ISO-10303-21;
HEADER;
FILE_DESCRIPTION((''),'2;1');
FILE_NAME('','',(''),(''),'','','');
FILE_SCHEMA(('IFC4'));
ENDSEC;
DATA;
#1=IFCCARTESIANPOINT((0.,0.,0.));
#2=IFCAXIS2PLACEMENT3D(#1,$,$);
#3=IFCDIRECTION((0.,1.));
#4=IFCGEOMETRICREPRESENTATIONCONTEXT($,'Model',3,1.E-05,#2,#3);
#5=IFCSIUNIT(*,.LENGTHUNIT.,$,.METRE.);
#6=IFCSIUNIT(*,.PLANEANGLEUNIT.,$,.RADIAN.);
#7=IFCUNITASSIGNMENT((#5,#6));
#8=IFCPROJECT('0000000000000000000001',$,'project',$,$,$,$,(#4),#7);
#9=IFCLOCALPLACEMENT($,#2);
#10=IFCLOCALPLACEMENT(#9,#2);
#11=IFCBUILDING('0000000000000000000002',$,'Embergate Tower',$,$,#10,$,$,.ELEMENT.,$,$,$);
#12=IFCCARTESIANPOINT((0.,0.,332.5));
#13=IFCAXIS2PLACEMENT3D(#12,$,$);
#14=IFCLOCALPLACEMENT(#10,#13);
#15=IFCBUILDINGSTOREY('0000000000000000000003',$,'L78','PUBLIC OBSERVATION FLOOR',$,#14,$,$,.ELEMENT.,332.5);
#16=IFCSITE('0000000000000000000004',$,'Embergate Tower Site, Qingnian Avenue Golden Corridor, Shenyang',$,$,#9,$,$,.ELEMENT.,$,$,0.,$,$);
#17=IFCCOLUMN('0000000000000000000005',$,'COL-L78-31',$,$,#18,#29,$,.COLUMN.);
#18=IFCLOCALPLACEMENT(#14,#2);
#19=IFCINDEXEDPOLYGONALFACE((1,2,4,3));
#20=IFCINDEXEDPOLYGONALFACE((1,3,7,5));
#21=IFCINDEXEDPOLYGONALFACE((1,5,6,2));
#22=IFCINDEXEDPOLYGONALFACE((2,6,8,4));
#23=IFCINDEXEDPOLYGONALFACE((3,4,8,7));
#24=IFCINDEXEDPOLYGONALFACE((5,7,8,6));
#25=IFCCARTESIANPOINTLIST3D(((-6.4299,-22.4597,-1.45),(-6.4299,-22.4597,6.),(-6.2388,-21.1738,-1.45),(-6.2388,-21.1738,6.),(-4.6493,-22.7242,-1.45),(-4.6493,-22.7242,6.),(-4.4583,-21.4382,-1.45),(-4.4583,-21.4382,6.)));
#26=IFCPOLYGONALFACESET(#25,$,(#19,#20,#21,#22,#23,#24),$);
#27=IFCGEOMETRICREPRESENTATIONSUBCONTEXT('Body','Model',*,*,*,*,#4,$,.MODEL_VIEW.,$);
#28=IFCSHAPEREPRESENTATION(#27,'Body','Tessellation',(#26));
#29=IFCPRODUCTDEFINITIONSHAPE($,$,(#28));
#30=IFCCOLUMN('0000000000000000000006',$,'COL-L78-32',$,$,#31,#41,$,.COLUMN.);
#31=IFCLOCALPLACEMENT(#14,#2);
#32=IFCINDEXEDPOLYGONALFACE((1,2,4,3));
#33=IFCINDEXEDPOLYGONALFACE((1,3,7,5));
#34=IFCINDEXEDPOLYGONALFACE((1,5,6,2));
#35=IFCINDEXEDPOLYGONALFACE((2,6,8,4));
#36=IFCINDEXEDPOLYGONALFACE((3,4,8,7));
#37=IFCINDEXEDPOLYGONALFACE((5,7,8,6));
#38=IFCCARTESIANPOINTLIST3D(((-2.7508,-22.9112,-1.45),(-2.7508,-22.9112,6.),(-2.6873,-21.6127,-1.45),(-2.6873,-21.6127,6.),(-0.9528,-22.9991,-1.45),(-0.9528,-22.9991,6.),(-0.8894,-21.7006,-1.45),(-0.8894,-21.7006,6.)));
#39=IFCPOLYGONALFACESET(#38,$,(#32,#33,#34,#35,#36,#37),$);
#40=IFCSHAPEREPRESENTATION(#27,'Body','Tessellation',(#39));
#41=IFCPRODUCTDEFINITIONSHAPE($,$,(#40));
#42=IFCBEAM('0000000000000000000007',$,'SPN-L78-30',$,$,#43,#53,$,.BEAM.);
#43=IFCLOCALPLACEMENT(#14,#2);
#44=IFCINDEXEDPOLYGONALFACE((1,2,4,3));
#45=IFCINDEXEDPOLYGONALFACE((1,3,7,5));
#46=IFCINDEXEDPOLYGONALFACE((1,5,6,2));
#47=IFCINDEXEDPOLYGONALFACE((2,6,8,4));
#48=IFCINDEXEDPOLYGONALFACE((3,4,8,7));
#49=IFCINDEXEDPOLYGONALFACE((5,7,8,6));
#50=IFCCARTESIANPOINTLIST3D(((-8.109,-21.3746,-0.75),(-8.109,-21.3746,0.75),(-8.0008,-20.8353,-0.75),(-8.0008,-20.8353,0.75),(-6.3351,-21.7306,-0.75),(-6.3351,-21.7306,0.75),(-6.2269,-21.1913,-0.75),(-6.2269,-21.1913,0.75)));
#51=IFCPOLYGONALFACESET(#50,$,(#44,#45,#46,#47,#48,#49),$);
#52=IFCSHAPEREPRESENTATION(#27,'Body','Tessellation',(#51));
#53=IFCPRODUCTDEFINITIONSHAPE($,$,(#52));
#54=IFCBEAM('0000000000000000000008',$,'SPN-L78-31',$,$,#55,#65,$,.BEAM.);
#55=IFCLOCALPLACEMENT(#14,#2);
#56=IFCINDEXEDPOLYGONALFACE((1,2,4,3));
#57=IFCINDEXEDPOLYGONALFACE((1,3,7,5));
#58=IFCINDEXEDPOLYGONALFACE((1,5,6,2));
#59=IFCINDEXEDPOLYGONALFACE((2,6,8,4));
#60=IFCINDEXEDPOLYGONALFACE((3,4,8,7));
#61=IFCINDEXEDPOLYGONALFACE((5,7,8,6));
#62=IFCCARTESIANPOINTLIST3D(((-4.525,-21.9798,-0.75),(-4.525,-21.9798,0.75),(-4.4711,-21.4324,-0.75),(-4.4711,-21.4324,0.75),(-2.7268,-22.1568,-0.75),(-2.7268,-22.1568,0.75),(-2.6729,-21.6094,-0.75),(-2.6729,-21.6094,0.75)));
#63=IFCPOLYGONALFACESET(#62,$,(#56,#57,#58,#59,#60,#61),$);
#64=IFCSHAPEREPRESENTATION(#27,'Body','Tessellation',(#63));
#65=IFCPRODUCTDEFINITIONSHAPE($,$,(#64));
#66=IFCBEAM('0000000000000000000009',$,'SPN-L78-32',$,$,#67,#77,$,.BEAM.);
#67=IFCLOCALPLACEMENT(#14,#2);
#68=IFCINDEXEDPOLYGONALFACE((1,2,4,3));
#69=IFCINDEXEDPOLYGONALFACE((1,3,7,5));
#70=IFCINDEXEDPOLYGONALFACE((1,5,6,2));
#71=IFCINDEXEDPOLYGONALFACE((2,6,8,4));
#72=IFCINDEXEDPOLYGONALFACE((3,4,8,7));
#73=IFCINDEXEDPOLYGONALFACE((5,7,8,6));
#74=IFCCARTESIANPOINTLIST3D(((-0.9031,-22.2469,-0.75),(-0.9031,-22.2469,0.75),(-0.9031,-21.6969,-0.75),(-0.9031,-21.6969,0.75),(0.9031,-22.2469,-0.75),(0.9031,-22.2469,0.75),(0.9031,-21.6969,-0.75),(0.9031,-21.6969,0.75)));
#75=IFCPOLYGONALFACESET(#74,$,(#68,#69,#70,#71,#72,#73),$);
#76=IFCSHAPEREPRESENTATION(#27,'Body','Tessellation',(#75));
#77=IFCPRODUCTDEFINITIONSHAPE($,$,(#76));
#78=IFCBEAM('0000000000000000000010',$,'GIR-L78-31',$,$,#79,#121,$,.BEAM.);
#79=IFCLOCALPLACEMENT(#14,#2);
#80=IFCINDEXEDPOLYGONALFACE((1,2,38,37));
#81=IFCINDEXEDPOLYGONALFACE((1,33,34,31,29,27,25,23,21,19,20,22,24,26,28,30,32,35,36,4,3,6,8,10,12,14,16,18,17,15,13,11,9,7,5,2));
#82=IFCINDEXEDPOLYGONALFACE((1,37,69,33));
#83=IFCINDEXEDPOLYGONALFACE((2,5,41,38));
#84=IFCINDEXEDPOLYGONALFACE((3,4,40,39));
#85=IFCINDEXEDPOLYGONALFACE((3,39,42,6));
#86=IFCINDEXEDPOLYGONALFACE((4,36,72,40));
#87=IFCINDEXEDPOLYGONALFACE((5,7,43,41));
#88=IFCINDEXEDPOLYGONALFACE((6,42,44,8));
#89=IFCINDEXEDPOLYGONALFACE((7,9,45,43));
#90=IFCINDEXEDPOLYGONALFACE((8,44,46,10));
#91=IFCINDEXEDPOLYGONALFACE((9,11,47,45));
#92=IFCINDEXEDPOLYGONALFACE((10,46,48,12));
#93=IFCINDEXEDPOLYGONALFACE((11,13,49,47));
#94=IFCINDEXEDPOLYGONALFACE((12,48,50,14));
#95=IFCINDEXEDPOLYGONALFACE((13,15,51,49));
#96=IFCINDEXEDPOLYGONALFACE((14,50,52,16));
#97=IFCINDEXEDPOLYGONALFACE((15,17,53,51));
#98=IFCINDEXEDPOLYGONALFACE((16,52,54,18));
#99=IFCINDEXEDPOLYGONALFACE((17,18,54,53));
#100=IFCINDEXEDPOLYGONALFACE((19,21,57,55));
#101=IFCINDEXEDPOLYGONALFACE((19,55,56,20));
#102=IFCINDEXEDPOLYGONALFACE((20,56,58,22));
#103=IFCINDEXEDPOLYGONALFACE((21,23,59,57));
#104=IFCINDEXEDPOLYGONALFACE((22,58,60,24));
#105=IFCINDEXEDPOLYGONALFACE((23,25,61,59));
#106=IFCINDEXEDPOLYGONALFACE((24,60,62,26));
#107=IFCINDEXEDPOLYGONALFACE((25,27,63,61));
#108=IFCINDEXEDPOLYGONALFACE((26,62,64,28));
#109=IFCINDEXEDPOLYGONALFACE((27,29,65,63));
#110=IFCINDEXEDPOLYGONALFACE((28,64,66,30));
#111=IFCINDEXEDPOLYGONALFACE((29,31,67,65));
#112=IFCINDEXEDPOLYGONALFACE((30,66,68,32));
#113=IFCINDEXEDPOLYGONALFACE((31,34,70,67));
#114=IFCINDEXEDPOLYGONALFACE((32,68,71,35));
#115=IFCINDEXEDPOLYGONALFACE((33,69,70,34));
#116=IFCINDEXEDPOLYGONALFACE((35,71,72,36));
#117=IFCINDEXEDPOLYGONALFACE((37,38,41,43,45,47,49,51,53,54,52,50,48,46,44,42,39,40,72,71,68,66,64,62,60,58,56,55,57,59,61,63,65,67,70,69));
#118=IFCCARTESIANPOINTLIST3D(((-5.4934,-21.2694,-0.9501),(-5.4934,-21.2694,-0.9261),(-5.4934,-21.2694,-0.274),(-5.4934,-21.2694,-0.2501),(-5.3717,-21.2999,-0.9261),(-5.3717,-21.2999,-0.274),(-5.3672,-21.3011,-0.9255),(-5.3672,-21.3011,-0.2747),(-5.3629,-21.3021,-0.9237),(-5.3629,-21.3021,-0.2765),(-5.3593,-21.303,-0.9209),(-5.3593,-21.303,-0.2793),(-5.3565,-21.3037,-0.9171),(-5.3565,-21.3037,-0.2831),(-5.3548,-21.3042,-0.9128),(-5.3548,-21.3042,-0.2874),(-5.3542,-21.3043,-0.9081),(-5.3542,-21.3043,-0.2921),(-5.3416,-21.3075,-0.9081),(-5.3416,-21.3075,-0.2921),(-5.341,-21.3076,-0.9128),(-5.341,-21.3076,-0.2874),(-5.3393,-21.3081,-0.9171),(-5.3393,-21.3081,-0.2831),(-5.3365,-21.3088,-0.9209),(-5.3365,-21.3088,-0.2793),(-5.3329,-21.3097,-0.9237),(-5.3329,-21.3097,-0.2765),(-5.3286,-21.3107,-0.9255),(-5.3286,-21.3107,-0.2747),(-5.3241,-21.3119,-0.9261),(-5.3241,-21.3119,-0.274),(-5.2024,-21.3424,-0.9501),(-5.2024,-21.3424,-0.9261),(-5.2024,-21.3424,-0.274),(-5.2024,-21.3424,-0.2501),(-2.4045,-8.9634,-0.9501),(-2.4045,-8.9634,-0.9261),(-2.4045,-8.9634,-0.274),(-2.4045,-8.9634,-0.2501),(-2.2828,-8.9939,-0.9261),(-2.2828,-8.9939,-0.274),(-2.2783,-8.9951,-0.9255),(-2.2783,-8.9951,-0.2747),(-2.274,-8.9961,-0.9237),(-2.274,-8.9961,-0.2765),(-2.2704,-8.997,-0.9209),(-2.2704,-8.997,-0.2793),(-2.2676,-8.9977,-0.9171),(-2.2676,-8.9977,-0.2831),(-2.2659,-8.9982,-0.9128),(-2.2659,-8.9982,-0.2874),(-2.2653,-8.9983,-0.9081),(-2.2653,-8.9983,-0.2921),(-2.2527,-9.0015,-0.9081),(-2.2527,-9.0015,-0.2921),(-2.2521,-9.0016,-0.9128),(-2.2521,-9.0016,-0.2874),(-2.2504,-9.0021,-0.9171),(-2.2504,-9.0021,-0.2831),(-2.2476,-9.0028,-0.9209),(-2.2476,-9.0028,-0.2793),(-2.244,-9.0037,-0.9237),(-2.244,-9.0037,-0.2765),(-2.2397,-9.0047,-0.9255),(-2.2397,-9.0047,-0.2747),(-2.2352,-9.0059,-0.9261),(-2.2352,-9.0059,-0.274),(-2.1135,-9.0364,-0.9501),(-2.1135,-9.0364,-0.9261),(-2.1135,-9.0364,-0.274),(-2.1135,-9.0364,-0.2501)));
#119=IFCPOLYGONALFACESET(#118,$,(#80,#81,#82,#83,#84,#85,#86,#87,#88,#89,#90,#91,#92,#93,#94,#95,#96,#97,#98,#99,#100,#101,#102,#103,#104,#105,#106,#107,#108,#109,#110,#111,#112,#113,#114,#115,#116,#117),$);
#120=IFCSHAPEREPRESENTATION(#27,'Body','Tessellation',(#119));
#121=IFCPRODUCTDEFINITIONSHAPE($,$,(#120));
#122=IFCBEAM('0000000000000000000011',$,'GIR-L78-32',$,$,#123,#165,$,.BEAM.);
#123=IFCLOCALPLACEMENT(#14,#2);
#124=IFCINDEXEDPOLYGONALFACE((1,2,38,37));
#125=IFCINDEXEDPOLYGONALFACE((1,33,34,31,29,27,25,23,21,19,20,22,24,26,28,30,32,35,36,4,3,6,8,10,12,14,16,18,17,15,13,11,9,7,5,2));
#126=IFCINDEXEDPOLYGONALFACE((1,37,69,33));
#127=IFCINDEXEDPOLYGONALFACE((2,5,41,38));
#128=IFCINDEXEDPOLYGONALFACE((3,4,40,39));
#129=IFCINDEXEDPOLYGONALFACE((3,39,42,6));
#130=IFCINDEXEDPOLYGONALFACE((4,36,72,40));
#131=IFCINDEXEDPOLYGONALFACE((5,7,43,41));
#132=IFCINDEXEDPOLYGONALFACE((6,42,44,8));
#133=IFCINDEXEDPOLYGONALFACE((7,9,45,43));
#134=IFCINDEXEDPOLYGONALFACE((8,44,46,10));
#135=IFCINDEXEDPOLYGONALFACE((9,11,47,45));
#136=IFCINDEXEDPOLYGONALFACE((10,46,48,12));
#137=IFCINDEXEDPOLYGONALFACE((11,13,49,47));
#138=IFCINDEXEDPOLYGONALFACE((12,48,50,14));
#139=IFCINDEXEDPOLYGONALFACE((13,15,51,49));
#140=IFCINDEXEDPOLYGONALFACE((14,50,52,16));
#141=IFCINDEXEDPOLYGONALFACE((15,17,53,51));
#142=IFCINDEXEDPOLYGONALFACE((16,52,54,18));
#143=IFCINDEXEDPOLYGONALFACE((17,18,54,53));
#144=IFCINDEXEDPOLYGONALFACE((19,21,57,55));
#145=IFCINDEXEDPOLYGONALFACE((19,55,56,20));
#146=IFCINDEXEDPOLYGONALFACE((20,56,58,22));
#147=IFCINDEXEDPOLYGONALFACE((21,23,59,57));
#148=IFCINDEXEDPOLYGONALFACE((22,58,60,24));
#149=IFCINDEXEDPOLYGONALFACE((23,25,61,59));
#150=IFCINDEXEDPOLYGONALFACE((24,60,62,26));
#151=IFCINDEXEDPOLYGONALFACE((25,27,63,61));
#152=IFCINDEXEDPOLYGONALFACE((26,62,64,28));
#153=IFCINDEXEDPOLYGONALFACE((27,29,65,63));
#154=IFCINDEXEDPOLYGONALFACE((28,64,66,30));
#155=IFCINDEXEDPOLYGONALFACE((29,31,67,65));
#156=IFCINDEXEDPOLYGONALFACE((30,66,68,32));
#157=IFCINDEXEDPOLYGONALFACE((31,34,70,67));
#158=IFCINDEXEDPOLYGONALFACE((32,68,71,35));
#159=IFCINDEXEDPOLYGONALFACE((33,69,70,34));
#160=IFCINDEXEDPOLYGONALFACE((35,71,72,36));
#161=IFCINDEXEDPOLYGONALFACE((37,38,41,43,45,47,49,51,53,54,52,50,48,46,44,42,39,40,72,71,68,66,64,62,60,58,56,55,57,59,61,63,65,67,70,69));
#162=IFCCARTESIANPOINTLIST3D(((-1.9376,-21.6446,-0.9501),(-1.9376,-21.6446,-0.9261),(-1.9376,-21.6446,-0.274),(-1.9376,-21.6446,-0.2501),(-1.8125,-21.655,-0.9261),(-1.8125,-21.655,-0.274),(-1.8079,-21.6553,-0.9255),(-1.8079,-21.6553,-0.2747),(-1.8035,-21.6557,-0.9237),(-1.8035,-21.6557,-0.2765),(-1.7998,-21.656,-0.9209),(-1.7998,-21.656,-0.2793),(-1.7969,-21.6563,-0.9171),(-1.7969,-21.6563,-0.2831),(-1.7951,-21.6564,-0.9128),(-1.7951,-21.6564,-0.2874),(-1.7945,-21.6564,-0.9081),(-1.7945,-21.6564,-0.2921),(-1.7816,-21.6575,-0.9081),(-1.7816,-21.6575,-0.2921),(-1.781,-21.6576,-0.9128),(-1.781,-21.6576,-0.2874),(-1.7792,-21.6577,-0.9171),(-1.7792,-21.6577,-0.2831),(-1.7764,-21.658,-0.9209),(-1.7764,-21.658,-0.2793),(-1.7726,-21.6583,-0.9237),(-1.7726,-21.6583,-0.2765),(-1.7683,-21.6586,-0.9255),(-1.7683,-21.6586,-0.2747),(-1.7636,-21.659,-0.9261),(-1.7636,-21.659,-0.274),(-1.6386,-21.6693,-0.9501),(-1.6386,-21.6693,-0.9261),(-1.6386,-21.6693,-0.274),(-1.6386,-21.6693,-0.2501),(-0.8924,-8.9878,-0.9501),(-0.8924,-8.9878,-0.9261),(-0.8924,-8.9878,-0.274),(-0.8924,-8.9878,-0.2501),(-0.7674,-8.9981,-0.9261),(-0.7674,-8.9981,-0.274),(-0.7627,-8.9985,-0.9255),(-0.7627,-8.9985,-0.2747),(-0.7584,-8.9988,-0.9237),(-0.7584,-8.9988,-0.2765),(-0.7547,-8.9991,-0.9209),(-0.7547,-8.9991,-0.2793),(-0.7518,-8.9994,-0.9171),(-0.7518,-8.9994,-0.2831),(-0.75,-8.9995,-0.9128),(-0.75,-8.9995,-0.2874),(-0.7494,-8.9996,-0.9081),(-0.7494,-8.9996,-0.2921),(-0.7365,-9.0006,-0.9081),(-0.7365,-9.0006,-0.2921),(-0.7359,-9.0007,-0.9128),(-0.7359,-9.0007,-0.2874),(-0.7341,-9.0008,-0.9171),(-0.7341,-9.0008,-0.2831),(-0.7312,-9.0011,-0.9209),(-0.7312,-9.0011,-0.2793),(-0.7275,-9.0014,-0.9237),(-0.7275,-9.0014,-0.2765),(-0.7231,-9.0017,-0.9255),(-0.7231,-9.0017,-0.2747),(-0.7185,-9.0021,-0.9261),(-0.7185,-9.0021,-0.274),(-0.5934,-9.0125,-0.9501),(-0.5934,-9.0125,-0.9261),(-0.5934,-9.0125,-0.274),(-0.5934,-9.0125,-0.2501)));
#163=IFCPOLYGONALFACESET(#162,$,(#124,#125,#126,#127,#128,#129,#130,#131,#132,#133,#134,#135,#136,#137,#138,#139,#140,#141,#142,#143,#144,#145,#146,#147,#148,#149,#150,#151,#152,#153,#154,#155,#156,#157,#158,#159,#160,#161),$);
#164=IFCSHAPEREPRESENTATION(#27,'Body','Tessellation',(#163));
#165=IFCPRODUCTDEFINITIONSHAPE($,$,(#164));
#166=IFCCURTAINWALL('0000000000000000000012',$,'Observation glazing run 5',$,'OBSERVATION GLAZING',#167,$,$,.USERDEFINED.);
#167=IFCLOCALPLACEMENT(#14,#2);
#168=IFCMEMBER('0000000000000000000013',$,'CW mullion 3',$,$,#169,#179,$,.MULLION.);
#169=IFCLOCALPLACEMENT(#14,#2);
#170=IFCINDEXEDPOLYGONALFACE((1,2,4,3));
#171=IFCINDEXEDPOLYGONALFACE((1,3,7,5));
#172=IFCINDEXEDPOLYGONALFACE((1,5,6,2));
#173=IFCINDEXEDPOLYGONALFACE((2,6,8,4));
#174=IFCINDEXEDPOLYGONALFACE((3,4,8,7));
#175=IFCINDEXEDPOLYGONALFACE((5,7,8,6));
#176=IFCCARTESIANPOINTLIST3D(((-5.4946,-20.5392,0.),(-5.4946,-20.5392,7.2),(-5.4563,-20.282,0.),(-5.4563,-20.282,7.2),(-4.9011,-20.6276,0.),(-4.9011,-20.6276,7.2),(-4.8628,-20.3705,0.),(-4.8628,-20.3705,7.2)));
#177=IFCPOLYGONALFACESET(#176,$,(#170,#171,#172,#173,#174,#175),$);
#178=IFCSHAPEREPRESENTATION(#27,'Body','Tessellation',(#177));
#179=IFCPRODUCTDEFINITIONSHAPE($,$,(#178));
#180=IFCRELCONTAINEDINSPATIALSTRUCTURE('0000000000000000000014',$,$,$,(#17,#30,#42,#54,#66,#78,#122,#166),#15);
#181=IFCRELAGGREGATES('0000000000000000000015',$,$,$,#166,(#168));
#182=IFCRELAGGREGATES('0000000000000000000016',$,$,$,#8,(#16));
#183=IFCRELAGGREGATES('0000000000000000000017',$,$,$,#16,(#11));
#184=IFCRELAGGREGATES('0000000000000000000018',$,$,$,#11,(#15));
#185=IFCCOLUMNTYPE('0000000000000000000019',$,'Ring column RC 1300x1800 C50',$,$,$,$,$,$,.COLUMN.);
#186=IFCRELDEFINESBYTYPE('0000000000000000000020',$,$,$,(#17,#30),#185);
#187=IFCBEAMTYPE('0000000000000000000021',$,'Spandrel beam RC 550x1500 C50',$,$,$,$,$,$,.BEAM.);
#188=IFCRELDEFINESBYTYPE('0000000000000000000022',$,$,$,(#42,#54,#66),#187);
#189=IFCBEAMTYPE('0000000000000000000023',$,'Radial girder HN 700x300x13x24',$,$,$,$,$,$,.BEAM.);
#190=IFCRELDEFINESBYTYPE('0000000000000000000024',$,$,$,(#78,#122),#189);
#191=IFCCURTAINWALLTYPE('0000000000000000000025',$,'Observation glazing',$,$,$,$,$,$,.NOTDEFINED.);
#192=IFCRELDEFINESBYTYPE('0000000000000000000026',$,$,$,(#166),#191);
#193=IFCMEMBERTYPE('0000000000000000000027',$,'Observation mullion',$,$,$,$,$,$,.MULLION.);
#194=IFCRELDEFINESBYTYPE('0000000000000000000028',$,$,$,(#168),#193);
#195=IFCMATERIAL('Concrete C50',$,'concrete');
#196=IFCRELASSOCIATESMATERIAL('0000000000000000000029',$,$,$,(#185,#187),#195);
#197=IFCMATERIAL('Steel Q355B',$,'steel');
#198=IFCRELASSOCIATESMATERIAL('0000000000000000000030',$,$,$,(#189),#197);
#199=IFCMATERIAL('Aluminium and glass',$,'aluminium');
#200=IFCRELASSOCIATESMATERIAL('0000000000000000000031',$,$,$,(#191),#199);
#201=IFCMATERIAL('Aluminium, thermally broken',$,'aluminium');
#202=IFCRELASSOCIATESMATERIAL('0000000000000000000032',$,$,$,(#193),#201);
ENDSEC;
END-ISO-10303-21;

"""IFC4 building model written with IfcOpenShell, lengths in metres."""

from ifc_helpers import new_model, si_unit, direction, frame, origin, origin_2d, place, context, subcontext, project, spatial, rectangle, i_section, extrude, source, transform, mapped, material, material_profile, profile_set, type_object, element, aggregate, save


model = new_model("IFC4")

# Units and contexts
model_context = context("Model", 3, precision=1e-05, world=origin(), true_north=direction((0.0, 1.0)))
body_context = subcontext(model_context, "Body", "Model", "MODEL_VIEW")
ifc_project = project(units=[si_unit("LENGTHUNIT", "METRE"), si_unit("PLANEANGLEUNIT", "RADIAN")], contexts=[model_context])

# Site, building, storey
site_placement = place(None, origin())
site = spatial("IfcSite", under=ifc_project, at=site_placement, Name="Embergate Tower Site, Qingnian Avenue Golden Corridor, Shenyang", CompositionType="ELEMENT", RefElevation=0.0)
building_placement = place(site_placement, origin())
building = spatial("IfcBuilding", under=site, at=building_placement, Name="Embergate Tower", CompositionType="ELEMENT")
storey_placement = place(building_placement, frame((0.0, 0.0, 332.5)))
storey = spatial("IfcBuildingStorey", under=building, at=storey_placement, Name="L78", Description="PUBLIC OBSERVATION FLOOR", CompositionType="ELEMENT", Elevation=332.5)

# Columns
ifc_material_1 = material(Name="Concrete C50", Category="concrete")
ifc_material_profile_1 = material_profile(ifc_material_1, rectangle(XDim=1.3, YDim=1.8, at=origin_2d()), Name="RC 1300x1800")
ifc_profile_set_1 = profile_set([ifc_material_profile_1], Name="Concrete C50")
column_type = type_object("IfcColumnType", Name="Ring column RC 1300x1800 C50", PredefinedType="COLUMN", material=ifc_profile_set_1)
shared_shape_1 = source(origin(), body_context, "Body", "SweptSolid", [
    extrude(rectangle(XDim=1.3, YDim=1.8, at=origin_2d()), origin(), (0.0, 0.0, 1.0), 7.45),
])
for number, where, z_axis, x_axis, name in (
    (1, (-5.4441, -21.949, -1.45), (0.0, 0.0, 1.0), (-0.146929, -0.989147, 0.0), "COL-L78-31"),
    (2, (-1.8201, -22.3059, -1.45), (0.0, 0.0, 1.0), (-0.048815, -0.998808, 0.0), "COL-L78-32"),
):
    element("IfcColumn", number, at=place(storey_placement, frame(where, z_axis=z_axis, x_axis=x_axis)), inside=storey, type_object=column_type, Name=name, PredefinedType="COLUMN", context=body_context, shape_type="MappedRepresentation", body=[
        mapped(shared_shape_1, transform((0.0, 0.0, 0.0))),
    ])

# Beams
ifc_material_profile_2 = material_profile(ifc_material_1, rectangle(XDim=0.55, YDim=1.5, at=origin_2d()), Name="RC 550x1500")
ifc_profile_set_2 = profile_set([ifc_material_profile_2], Name="Concrete C50")
beam_type_1 = type_object("IfcBeamType", Name="Spandrel beam RC 550x1500 C50", PredefinedType="BEAM", material=ifc_profile_set_2)
shared_shape_2 = source(origin(), body_context, "Body", "SweptSolid", [
    extrude(rectangle(XDim=0.55, YDim=1.5, at=origin_2d()), origin(), (0.0, 0.0, 1.0), 1.8093),
])
beam_1_placement = place(storey_placement, frame((-8.0549, -21.105, 0.0), z_axis=(0.980456, -0.196739, 0.0), x_axis=(0.196739, 0.980456, 0.0)))
element("IfcBeam", 3, at=beam_1_placement, inside=storey, type_object=beam_type_1, Name="SPN-L78-30", PredefinedType="BEAM", context=body_context, shape_type="MappedRepresentation", body=[
    mapped(shared_shape_2, transform((0.0, 0.0, 0.0))),
])
shared_shape_3 = source(origin(), body_context, "Body", "SweptSolid", [
    extrude(rectangle(XDim=0.55, YDim=1.5, at=origin_2d()), origin(), (0.0, 0.0, 1.0), 1.8069),
])
beam_2_placement = place(storey_placement, frame((-4.498, -21.7061, 0.0), z_axis=(0.99519, -0.097965, 0.0), x_axis=(0.097965, 0.99519, 0.0)))
element("IfcBeam", 4, at=beam_2_placement, inside=storey, type_object=beam_type_1, Name="SPN-L78-31", PredefinedType="BEAM", context=body_context, shape_type="MappedRepresentation", body=[
    mapped(shared_shape_3, transform((0.0, 0.0, 0.0))),
])
shared_shape_4 = source(origin(), body_context, "Body", "SweptSolid", [
    extrude(rectangle(XDim=0.55, YDim=1.5, at=origin_2d()), origin(), (0.0, 0.0, 1.0), 1.8062),
])
beam_3_placement = place(storey_placement, frame((-0.9031, -21.9719, 0.0), z_axis=(1.0, 0.0, 0.0), x_axis=(0.0, 1.0, 0.0)))
element("IfcBeam", 5, at=beam_3_placement, inside=storey, type_object=beam_type_1, Name="SPN-L78-32", PredefinedType="BEAM", context=body_context, shape_type="MappedRepresentation", body=[
    mapped(shared_shape_4, transform((0.0, 0.0, 0.0))),
])
ifc_material_2 = material(Name="Steel Q355B", Category="steel")
ifc_material_profile_3 = material_profile(ifc_material_2, i_section(OverallWidth=0.3, OverallDepth=0.7, WebThickness=0.0129, FlangeThickness=0.0239, FilletRadius=0.0181, at=origin_2d()), Name="HN 700x300x13x24")
ifc_profile_set_3 = profile_set([ifc_material_profile_3], Name="Steel Q355 grade B")
beam_type_2 = type_object("IfcBeamType", Name="Radial girder HN 700x300x13x24", PredefinedType="BEAM", material=ifc_profile_set_3)
shared_shape_5 = source(origin(), body_context, "Body", "SweptSolid", [
    extrude(i_section(OverallWidth=0.3, OverallDepth=0.7, WebThickness=0.0129, FlangeThickness=0.0239, FilletRadius=0.0181, at=origin_2d()), origin(), (0.0, 0.0, 1.0), 12.6877),
])
beam_4_placement = place(storey_placement, frame((-5.3479, -21.3059, -0.6001), z_axis=(0.243455, 0.969912, 0.0), x_axis=(-0.969912, 0.243455, 0.0)))
element("IfcBeam", 6, at=beam_4_placement, inside=storey, type_object=beam_type_2, Name="GIR-L78-31", PredefinedType="BEAM", context=body_context, shape_type="MappedRepresentation", body=[
    mapped(shared_shape_5, transform((0.0, 0.0, 0.0))),
])
shared_shape_6 = source(origin(), body_context, "Body", "SweptSolid", [
    extrude(i_section(OverallWidth=0.3, OverallDepth=0.7, WebThickness=0.0129, FlangeThickness=0.0239, FilletRadius=0.0181, at=origin_2d()), origin(), (0.0, 0.0, 1.0), 12.7),
])
beam_5_placement = place(storey_placement, frame((-1.7881, -21.657, -0.6001), z_axis=(0.082296, 0.996608, 0.0), x_axis=(-0.996608, 0.082296, 0.0)))
element("IfcBeam", 7, at=beam_5_placement, inside=storey, type_object=beam_type_2, Name="GIR-L78-32", PredefinedType="BEAM", context=body_context, shape_type="MappedRepresentation", body=[
    mapped(shared_shape_6, transform((0.0, 0.0, 0.0))),
])

# Curtain wall, member
ifc_material_3 = material(Name="Aluminium and glass", Category="aluminium")
curtain_wall_type = type_object("IfcCurtainWallType", Name="Observation glazing", PredefinedType="NOTDEFINED", material=ifc_material_3)
curtain_wall_placement = place(storey_placement, origin())
curtain_wall = element("IfcCurtainWall", 8, at=curtain_wall_placement, inside=storey, type_object=curtain_wall_type, Name="Observation glazing run 5", ObjectType="OBSERVATION GLAZING", PredefinedType="USERDEFINED")
ifc_material_4 = material(Name="Aluminium, thermally broken", Category="aluminium")
ifc_material_profile_4 = material_profile(ifc_material_4, rectangle(XDim=0.26, YDim=0.6001, at=origin_2d()), Name="AL 600x260")
ifc_profile_set_4 = profile_set([ifc_material_profile_4], Name="Aluminium, thermally broken")
member_type_1 = type_object("IfcMemberType", Name="Observation mullion", PredefinedType="MULLION", material=ifc_profile_set_4)
shared_shape_7 = source(origin(), body_context, "Body", "SweptSolid", [
    extrude(rectangle(XDim=0.26, YDim=0.6001, at=origin_2d()), origin(), (0.0, 0.0, 1.0), 7.2),
])
member_1_placement = place(storey_placement, frame((-5.1787, -20.4548, 0.0), z_axis=(0.0, 0.0, 1.0), x_axis=(0.147407, 0.989076, 0.0)))
member_1 = element("IfcMember", 9, at=member_1_placement, type_object=member_type_1, Name="CW mullion 3", PredefinedType="MULLION", context=body_context, shape_type="MappedRepresentation", body=[
    mapped(shared_shape_7, transform((0.0, 0.0, 0.0))),
])

aggregate(curtain_wall, [member_1])

save(model, "model.ifc")
